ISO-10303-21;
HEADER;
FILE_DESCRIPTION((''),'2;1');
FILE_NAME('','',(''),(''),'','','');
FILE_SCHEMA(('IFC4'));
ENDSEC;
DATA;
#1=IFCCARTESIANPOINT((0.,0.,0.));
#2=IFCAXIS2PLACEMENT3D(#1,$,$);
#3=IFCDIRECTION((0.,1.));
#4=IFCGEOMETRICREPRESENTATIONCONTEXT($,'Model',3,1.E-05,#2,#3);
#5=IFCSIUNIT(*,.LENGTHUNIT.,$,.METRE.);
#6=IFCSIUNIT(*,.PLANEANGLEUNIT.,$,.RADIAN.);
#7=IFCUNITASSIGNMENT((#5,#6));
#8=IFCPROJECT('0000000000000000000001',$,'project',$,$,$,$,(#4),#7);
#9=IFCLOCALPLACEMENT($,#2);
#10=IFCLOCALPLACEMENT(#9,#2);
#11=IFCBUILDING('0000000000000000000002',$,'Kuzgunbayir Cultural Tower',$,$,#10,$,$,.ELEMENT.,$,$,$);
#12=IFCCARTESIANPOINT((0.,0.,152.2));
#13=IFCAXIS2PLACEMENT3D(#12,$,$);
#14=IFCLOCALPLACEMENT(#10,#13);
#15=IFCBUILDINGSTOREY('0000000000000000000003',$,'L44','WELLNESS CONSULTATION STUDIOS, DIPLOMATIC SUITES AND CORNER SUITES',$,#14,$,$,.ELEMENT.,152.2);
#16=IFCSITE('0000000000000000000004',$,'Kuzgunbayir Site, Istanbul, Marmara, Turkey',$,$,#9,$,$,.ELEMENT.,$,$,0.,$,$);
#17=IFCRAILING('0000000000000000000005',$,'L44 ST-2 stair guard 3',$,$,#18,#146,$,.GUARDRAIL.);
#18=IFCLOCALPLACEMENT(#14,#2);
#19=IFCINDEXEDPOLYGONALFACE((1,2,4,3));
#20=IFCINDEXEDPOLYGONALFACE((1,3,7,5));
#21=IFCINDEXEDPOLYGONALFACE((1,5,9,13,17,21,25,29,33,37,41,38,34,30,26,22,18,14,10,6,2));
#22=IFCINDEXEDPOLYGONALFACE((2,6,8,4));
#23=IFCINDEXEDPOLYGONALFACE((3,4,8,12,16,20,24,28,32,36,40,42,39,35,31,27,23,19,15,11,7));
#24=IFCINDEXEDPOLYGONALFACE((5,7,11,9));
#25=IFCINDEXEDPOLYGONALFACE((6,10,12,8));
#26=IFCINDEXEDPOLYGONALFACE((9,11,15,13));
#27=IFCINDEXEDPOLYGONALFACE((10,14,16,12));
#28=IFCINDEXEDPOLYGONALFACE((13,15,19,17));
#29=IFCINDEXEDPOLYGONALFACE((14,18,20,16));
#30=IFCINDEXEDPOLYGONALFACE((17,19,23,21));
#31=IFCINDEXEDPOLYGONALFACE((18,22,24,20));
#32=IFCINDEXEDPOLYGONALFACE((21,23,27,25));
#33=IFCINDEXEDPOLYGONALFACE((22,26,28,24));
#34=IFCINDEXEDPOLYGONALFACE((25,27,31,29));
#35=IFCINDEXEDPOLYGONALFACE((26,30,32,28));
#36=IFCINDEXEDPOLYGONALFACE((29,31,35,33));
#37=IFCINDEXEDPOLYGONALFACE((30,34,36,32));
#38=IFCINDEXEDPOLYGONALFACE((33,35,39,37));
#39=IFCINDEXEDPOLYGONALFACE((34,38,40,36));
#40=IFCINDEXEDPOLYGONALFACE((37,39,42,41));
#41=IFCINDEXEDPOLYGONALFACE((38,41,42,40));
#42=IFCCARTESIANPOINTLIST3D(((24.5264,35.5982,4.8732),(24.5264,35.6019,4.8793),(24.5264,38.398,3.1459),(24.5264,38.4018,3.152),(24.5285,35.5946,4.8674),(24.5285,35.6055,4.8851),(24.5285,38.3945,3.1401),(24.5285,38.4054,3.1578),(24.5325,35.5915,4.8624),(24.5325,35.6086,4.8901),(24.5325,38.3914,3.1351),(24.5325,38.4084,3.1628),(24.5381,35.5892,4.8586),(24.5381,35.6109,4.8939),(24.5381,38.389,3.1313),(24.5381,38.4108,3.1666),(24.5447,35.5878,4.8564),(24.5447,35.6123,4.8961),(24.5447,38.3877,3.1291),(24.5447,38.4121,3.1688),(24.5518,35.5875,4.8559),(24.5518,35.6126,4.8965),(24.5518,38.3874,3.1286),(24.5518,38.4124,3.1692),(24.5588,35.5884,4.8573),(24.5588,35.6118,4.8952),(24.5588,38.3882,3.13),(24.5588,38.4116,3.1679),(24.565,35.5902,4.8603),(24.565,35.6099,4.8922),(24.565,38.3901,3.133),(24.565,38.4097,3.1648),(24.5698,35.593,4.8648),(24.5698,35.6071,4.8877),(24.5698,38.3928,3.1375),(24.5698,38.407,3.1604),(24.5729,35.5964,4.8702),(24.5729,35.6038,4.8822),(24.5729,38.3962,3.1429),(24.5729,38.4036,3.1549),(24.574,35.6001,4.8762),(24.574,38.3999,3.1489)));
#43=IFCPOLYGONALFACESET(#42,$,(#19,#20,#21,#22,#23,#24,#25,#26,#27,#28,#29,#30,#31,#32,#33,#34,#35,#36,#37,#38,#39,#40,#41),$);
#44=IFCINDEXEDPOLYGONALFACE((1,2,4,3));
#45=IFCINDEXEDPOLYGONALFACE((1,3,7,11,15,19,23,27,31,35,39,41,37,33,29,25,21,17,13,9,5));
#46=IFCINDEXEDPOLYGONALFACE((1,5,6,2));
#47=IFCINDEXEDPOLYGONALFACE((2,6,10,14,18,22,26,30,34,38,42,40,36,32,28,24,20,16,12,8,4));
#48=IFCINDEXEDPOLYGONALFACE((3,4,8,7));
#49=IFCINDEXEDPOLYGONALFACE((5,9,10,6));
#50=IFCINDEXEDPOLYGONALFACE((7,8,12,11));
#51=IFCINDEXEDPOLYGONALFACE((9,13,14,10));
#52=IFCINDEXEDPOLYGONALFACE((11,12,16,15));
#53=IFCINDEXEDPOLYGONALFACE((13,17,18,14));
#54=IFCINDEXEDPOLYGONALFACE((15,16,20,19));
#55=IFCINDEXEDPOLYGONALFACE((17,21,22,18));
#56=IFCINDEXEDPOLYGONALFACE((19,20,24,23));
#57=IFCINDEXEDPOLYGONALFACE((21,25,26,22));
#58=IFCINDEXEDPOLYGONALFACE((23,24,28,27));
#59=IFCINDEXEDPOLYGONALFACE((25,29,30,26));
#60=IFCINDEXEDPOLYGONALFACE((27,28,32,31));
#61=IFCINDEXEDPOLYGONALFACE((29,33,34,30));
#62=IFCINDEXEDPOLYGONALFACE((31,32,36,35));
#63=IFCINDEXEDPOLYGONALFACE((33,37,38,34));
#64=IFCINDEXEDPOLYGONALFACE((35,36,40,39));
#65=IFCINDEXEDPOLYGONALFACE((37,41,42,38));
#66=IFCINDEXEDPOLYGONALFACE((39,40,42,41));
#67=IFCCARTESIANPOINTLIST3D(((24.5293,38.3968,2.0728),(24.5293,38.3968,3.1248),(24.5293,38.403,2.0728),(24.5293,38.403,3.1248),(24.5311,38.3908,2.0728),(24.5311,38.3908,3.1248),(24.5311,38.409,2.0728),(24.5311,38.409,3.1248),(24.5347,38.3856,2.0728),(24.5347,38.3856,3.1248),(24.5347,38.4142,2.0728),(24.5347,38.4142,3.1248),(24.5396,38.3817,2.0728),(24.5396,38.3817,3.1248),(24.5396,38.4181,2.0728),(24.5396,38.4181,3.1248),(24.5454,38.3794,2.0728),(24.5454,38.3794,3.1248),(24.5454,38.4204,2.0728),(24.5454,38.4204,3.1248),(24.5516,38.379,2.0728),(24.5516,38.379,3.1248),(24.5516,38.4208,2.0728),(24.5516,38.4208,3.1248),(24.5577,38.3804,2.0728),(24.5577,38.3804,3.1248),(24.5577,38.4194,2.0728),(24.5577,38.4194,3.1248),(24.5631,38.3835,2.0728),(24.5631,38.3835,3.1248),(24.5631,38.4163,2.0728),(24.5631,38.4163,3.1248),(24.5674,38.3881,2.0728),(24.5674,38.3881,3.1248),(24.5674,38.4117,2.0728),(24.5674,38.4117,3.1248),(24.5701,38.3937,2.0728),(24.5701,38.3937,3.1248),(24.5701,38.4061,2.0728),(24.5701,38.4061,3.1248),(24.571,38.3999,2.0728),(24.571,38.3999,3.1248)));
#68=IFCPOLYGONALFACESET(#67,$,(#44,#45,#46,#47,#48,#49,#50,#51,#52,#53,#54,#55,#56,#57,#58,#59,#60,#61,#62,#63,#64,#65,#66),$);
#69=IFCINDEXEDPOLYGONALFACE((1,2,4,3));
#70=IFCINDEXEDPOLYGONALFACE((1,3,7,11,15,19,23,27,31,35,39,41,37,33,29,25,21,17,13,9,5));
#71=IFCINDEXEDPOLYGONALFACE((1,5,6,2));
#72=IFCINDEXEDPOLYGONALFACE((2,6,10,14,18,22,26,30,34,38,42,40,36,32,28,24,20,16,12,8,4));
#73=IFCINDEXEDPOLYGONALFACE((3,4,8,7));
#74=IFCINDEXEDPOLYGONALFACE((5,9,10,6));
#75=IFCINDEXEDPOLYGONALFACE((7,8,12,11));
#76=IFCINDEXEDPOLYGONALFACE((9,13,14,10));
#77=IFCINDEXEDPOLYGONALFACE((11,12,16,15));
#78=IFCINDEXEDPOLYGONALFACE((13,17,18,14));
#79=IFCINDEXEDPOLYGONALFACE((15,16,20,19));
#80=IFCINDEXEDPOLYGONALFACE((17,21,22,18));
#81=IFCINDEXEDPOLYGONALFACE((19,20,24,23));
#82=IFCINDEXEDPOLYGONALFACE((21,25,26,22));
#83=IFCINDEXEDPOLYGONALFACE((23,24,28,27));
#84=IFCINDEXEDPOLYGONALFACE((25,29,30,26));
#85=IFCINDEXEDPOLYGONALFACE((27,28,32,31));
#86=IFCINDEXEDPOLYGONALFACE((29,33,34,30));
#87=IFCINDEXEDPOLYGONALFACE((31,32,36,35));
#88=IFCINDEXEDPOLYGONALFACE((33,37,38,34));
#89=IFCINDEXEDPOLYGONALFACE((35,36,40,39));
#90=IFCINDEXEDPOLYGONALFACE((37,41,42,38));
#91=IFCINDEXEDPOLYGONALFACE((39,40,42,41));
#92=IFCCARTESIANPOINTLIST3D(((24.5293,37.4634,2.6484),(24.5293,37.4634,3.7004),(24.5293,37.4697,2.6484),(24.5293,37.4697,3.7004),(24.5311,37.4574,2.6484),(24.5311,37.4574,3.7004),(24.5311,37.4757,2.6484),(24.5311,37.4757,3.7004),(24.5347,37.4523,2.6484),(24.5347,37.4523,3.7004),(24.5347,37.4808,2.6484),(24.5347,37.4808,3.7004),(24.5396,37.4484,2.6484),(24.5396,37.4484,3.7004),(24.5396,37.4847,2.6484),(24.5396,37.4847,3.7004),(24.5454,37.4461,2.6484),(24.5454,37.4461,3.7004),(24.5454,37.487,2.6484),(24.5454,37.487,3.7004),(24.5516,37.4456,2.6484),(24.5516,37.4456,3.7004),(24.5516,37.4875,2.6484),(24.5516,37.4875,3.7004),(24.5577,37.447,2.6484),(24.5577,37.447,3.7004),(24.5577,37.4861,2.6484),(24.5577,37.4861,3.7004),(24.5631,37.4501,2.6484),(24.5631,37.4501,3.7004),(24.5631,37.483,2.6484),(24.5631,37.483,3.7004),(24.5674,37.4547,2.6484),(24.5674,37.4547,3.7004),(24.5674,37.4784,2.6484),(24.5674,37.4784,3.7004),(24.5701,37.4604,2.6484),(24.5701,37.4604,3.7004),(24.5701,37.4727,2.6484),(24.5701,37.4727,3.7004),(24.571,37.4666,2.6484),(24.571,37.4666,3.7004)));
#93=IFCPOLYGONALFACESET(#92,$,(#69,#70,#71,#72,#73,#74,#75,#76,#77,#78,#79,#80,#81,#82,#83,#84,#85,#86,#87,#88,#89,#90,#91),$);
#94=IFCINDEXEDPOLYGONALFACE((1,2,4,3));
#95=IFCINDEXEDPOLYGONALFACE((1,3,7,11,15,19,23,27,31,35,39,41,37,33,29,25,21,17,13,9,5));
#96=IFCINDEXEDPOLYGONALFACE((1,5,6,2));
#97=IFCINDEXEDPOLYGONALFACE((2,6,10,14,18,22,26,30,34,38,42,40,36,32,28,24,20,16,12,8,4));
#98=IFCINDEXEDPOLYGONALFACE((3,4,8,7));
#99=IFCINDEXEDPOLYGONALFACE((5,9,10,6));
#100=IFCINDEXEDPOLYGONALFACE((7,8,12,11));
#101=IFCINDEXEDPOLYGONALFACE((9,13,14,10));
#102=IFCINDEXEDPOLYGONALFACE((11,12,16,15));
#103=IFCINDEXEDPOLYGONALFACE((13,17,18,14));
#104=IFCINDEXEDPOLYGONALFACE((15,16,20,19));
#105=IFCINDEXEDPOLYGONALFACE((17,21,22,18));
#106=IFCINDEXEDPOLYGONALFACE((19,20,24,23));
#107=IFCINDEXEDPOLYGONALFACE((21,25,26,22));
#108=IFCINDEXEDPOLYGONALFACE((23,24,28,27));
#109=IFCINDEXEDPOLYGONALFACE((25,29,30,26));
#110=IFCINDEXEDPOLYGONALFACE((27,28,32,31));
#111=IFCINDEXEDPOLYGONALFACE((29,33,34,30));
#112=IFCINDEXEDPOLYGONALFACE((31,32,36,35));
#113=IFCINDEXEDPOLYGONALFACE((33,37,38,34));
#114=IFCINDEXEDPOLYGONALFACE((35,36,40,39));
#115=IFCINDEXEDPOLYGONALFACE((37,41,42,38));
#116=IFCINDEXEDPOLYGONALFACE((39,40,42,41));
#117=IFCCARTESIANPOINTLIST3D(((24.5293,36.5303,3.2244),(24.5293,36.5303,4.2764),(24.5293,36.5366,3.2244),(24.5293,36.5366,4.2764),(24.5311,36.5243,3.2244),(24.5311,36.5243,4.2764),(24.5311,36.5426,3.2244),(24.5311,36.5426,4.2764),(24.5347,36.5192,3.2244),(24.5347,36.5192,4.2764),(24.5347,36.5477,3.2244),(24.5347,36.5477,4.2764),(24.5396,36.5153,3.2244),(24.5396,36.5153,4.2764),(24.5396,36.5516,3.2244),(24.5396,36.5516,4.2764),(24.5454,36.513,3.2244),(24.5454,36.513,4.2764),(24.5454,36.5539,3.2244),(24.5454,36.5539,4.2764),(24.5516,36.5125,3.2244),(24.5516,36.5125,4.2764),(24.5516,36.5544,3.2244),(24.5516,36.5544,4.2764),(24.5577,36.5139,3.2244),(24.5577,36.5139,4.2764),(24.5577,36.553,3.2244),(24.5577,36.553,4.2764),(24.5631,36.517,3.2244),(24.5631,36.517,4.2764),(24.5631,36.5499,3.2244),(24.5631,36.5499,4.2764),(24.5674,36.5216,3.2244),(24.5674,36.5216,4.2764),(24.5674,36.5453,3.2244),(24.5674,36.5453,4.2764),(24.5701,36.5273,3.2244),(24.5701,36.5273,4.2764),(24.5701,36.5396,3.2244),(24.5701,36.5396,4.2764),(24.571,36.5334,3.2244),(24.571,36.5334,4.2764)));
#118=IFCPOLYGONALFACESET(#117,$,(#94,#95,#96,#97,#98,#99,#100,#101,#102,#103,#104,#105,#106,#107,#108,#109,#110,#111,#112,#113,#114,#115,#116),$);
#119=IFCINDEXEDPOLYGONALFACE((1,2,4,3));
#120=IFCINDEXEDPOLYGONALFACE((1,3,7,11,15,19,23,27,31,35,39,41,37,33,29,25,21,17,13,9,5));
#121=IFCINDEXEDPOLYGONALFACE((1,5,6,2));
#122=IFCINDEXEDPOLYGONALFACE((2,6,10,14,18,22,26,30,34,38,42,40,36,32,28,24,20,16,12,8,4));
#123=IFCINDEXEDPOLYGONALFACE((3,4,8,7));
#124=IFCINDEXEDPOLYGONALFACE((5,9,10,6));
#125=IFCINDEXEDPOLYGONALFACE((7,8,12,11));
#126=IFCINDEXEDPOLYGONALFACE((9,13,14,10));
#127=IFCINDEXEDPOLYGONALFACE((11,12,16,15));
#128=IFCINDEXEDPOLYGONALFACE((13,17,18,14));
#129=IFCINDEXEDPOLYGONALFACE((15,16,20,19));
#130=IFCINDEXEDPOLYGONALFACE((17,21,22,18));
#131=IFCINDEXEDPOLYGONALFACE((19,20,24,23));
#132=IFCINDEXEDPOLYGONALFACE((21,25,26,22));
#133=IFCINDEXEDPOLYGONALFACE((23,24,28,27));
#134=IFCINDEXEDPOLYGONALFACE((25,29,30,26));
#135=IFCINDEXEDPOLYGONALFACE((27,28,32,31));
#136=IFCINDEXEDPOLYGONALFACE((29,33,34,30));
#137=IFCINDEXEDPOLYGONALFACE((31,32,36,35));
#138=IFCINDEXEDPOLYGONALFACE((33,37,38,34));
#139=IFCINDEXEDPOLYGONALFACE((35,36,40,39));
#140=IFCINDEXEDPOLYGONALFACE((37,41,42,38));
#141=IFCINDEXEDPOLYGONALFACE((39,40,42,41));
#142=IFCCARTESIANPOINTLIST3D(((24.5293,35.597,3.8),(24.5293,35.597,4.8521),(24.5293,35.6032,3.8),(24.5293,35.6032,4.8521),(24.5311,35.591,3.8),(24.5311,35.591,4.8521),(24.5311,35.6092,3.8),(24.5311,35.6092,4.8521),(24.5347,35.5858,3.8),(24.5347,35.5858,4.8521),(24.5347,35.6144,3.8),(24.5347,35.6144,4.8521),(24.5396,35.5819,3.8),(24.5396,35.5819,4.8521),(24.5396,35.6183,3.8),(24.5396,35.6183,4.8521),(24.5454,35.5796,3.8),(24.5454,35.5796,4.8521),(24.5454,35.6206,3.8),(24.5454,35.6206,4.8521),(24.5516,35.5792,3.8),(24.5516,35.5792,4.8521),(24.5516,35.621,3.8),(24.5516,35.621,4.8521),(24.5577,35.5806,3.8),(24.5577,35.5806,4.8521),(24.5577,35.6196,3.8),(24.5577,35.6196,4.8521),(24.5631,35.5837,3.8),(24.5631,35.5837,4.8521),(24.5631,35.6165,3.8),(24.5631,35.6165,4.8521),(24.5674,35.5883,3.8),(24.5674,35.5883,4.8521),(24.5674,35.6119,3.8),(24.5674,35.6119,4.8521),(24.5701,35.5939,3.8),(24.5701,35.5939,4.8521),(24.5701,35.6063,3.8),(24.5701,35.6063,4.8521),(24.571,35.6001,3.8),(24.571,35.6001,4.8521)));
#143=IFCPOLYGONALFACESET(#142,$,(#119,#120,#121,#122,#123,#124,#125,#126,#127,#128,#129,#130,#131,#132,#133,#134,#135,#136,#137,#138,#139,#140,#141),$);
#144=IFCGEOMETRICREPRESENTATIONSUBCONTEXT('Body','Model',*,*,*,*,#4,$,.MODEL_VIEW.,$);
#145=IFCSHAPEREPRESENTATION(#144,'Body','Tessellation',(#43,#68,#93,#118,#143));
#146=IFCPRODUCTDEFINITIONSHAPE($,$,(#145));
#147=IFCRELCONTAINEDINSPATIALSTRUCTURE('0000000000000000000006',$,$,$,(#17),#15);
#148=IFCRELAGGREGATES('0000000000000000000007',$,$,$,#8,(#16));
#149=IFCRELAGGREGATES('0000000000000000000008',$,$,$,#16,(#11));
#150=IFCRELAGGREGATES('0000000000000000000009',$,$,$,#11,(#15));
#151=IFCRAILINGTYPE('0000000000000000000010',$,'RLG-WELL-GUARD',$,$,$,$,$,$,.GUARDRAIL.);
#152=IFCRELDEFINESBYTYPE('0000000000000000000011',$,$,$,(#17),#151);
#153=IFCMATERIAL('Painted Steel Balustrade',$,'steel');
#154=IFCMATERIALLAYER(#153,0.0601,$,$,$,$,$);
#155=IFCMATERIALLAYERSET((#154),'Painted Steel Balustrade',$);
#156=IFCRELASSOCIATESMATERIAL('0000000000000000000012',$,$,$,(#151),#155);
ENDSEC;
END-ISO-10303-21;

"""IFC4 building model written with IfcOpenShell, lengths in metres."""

from ifc_helpers import new_model, si_unit, direction, frame, origin, origin_2d, place, context, subcontext, project, spatial, circle, extrude, material, layer, layer_set, type_object, element, save


model = new_model("IFC4")

# Units and contexts
model_context = context("Model", 3, precision=1e-05, world=origin(), true_north=direction((0.0, 1.0)))
body_context = subcontext(model_context, "Body", "Model", "MODEL_VIEW")
ifc_project = project(units=[si_unit("LENGTHUNIT", "METRE"), si_unit("PLANEANGLEUNIT", "RADIAN")], contexts=[model_context])

# Site, building, storey
site_placement = place(None, origin())
site = spatial("IfcSite", under=ifc_project, at=site_placement, Name="Kuzgunbayir Site, Istanbul, Marmara, Turkey", CompositionType="ELEMENT", RefElevation=0.0)
building_placement = place(site_placement, origin())
building = spatial("IfcBuilding", under=site, at=building_placement, Name="Kuzgunbayir Cultural Tower", CompositionType="ELEMENT")
storey_placement = place(building_placement, frame((0.0, 0.0, 152.2)))
storey = spatial("IfcBuildingStorey", under=building, at=storey_placement, Name="L44", Description="WELLNESS CONSULTATION STUDIOS, DIPLOMATIC SUITES AND CORNER SUITES", CompositionType="ELEMENT", Elevation=152.2)

# Railing
ifc_material_1 = material(Name="Painted Steel Balustrade", Category="steel")
ifc_layer_1 = layer(ifc_material_1, 0.0601)
ifc_layer_set_1 = layer_set([ifc_layer_1], Name="Painted Steel Balustrade")
railing_type_1 = type_object("IfcRailingType", Name="RLG-WELL-GUARD", PredefinedType="GUARDRAIL", material=ifc_layer_set_1)
railing_1_placement = place(storey_placement, frame((24.55, 38.3999, 2.0728)))
element("IfcRailing", 1, at=railing_1_placement, inside=storey, type_object=railing_type_1, Name="L44 ST-2 stair guard 3", PredefinedType="GUARDRAIL", context=body_context, shape_type="SweptSolid", body=[
    extrude(circle(Radius=0.0239, at=origin_2d()), frame((0.0, 0.0, 1.0762), z_axis=(0.0, -0.851069, 0.525054), x_axis=(1.0, 0.0, 0.0)), (0.0, 0.0, 1.0), 3.2898),
    extrude(circle(Radius=0.021, at=origin_2d()), origin(), (0.0, 0.0, 1.0), 1.052),
    extrude(circle(Radius=0.021, at=origin_2d()), frame((0.0, -0.9333, 0.5757)), (0.0, 0.0, 1.0), 1.052),
    extrude(circle(Radius=0.021, at=origin_2d()), frame((0.0, -1.8665, 1.1516)), (0.0, 0.0, 1.0), 1.052),
    extrude(circle(Radius=0.021, at=origin_2d()), frame((0.0, -2.7998, 1.7273)), (0.0, 0.0, 1.0), 1.052),
])

save(model, "model.ifc")
